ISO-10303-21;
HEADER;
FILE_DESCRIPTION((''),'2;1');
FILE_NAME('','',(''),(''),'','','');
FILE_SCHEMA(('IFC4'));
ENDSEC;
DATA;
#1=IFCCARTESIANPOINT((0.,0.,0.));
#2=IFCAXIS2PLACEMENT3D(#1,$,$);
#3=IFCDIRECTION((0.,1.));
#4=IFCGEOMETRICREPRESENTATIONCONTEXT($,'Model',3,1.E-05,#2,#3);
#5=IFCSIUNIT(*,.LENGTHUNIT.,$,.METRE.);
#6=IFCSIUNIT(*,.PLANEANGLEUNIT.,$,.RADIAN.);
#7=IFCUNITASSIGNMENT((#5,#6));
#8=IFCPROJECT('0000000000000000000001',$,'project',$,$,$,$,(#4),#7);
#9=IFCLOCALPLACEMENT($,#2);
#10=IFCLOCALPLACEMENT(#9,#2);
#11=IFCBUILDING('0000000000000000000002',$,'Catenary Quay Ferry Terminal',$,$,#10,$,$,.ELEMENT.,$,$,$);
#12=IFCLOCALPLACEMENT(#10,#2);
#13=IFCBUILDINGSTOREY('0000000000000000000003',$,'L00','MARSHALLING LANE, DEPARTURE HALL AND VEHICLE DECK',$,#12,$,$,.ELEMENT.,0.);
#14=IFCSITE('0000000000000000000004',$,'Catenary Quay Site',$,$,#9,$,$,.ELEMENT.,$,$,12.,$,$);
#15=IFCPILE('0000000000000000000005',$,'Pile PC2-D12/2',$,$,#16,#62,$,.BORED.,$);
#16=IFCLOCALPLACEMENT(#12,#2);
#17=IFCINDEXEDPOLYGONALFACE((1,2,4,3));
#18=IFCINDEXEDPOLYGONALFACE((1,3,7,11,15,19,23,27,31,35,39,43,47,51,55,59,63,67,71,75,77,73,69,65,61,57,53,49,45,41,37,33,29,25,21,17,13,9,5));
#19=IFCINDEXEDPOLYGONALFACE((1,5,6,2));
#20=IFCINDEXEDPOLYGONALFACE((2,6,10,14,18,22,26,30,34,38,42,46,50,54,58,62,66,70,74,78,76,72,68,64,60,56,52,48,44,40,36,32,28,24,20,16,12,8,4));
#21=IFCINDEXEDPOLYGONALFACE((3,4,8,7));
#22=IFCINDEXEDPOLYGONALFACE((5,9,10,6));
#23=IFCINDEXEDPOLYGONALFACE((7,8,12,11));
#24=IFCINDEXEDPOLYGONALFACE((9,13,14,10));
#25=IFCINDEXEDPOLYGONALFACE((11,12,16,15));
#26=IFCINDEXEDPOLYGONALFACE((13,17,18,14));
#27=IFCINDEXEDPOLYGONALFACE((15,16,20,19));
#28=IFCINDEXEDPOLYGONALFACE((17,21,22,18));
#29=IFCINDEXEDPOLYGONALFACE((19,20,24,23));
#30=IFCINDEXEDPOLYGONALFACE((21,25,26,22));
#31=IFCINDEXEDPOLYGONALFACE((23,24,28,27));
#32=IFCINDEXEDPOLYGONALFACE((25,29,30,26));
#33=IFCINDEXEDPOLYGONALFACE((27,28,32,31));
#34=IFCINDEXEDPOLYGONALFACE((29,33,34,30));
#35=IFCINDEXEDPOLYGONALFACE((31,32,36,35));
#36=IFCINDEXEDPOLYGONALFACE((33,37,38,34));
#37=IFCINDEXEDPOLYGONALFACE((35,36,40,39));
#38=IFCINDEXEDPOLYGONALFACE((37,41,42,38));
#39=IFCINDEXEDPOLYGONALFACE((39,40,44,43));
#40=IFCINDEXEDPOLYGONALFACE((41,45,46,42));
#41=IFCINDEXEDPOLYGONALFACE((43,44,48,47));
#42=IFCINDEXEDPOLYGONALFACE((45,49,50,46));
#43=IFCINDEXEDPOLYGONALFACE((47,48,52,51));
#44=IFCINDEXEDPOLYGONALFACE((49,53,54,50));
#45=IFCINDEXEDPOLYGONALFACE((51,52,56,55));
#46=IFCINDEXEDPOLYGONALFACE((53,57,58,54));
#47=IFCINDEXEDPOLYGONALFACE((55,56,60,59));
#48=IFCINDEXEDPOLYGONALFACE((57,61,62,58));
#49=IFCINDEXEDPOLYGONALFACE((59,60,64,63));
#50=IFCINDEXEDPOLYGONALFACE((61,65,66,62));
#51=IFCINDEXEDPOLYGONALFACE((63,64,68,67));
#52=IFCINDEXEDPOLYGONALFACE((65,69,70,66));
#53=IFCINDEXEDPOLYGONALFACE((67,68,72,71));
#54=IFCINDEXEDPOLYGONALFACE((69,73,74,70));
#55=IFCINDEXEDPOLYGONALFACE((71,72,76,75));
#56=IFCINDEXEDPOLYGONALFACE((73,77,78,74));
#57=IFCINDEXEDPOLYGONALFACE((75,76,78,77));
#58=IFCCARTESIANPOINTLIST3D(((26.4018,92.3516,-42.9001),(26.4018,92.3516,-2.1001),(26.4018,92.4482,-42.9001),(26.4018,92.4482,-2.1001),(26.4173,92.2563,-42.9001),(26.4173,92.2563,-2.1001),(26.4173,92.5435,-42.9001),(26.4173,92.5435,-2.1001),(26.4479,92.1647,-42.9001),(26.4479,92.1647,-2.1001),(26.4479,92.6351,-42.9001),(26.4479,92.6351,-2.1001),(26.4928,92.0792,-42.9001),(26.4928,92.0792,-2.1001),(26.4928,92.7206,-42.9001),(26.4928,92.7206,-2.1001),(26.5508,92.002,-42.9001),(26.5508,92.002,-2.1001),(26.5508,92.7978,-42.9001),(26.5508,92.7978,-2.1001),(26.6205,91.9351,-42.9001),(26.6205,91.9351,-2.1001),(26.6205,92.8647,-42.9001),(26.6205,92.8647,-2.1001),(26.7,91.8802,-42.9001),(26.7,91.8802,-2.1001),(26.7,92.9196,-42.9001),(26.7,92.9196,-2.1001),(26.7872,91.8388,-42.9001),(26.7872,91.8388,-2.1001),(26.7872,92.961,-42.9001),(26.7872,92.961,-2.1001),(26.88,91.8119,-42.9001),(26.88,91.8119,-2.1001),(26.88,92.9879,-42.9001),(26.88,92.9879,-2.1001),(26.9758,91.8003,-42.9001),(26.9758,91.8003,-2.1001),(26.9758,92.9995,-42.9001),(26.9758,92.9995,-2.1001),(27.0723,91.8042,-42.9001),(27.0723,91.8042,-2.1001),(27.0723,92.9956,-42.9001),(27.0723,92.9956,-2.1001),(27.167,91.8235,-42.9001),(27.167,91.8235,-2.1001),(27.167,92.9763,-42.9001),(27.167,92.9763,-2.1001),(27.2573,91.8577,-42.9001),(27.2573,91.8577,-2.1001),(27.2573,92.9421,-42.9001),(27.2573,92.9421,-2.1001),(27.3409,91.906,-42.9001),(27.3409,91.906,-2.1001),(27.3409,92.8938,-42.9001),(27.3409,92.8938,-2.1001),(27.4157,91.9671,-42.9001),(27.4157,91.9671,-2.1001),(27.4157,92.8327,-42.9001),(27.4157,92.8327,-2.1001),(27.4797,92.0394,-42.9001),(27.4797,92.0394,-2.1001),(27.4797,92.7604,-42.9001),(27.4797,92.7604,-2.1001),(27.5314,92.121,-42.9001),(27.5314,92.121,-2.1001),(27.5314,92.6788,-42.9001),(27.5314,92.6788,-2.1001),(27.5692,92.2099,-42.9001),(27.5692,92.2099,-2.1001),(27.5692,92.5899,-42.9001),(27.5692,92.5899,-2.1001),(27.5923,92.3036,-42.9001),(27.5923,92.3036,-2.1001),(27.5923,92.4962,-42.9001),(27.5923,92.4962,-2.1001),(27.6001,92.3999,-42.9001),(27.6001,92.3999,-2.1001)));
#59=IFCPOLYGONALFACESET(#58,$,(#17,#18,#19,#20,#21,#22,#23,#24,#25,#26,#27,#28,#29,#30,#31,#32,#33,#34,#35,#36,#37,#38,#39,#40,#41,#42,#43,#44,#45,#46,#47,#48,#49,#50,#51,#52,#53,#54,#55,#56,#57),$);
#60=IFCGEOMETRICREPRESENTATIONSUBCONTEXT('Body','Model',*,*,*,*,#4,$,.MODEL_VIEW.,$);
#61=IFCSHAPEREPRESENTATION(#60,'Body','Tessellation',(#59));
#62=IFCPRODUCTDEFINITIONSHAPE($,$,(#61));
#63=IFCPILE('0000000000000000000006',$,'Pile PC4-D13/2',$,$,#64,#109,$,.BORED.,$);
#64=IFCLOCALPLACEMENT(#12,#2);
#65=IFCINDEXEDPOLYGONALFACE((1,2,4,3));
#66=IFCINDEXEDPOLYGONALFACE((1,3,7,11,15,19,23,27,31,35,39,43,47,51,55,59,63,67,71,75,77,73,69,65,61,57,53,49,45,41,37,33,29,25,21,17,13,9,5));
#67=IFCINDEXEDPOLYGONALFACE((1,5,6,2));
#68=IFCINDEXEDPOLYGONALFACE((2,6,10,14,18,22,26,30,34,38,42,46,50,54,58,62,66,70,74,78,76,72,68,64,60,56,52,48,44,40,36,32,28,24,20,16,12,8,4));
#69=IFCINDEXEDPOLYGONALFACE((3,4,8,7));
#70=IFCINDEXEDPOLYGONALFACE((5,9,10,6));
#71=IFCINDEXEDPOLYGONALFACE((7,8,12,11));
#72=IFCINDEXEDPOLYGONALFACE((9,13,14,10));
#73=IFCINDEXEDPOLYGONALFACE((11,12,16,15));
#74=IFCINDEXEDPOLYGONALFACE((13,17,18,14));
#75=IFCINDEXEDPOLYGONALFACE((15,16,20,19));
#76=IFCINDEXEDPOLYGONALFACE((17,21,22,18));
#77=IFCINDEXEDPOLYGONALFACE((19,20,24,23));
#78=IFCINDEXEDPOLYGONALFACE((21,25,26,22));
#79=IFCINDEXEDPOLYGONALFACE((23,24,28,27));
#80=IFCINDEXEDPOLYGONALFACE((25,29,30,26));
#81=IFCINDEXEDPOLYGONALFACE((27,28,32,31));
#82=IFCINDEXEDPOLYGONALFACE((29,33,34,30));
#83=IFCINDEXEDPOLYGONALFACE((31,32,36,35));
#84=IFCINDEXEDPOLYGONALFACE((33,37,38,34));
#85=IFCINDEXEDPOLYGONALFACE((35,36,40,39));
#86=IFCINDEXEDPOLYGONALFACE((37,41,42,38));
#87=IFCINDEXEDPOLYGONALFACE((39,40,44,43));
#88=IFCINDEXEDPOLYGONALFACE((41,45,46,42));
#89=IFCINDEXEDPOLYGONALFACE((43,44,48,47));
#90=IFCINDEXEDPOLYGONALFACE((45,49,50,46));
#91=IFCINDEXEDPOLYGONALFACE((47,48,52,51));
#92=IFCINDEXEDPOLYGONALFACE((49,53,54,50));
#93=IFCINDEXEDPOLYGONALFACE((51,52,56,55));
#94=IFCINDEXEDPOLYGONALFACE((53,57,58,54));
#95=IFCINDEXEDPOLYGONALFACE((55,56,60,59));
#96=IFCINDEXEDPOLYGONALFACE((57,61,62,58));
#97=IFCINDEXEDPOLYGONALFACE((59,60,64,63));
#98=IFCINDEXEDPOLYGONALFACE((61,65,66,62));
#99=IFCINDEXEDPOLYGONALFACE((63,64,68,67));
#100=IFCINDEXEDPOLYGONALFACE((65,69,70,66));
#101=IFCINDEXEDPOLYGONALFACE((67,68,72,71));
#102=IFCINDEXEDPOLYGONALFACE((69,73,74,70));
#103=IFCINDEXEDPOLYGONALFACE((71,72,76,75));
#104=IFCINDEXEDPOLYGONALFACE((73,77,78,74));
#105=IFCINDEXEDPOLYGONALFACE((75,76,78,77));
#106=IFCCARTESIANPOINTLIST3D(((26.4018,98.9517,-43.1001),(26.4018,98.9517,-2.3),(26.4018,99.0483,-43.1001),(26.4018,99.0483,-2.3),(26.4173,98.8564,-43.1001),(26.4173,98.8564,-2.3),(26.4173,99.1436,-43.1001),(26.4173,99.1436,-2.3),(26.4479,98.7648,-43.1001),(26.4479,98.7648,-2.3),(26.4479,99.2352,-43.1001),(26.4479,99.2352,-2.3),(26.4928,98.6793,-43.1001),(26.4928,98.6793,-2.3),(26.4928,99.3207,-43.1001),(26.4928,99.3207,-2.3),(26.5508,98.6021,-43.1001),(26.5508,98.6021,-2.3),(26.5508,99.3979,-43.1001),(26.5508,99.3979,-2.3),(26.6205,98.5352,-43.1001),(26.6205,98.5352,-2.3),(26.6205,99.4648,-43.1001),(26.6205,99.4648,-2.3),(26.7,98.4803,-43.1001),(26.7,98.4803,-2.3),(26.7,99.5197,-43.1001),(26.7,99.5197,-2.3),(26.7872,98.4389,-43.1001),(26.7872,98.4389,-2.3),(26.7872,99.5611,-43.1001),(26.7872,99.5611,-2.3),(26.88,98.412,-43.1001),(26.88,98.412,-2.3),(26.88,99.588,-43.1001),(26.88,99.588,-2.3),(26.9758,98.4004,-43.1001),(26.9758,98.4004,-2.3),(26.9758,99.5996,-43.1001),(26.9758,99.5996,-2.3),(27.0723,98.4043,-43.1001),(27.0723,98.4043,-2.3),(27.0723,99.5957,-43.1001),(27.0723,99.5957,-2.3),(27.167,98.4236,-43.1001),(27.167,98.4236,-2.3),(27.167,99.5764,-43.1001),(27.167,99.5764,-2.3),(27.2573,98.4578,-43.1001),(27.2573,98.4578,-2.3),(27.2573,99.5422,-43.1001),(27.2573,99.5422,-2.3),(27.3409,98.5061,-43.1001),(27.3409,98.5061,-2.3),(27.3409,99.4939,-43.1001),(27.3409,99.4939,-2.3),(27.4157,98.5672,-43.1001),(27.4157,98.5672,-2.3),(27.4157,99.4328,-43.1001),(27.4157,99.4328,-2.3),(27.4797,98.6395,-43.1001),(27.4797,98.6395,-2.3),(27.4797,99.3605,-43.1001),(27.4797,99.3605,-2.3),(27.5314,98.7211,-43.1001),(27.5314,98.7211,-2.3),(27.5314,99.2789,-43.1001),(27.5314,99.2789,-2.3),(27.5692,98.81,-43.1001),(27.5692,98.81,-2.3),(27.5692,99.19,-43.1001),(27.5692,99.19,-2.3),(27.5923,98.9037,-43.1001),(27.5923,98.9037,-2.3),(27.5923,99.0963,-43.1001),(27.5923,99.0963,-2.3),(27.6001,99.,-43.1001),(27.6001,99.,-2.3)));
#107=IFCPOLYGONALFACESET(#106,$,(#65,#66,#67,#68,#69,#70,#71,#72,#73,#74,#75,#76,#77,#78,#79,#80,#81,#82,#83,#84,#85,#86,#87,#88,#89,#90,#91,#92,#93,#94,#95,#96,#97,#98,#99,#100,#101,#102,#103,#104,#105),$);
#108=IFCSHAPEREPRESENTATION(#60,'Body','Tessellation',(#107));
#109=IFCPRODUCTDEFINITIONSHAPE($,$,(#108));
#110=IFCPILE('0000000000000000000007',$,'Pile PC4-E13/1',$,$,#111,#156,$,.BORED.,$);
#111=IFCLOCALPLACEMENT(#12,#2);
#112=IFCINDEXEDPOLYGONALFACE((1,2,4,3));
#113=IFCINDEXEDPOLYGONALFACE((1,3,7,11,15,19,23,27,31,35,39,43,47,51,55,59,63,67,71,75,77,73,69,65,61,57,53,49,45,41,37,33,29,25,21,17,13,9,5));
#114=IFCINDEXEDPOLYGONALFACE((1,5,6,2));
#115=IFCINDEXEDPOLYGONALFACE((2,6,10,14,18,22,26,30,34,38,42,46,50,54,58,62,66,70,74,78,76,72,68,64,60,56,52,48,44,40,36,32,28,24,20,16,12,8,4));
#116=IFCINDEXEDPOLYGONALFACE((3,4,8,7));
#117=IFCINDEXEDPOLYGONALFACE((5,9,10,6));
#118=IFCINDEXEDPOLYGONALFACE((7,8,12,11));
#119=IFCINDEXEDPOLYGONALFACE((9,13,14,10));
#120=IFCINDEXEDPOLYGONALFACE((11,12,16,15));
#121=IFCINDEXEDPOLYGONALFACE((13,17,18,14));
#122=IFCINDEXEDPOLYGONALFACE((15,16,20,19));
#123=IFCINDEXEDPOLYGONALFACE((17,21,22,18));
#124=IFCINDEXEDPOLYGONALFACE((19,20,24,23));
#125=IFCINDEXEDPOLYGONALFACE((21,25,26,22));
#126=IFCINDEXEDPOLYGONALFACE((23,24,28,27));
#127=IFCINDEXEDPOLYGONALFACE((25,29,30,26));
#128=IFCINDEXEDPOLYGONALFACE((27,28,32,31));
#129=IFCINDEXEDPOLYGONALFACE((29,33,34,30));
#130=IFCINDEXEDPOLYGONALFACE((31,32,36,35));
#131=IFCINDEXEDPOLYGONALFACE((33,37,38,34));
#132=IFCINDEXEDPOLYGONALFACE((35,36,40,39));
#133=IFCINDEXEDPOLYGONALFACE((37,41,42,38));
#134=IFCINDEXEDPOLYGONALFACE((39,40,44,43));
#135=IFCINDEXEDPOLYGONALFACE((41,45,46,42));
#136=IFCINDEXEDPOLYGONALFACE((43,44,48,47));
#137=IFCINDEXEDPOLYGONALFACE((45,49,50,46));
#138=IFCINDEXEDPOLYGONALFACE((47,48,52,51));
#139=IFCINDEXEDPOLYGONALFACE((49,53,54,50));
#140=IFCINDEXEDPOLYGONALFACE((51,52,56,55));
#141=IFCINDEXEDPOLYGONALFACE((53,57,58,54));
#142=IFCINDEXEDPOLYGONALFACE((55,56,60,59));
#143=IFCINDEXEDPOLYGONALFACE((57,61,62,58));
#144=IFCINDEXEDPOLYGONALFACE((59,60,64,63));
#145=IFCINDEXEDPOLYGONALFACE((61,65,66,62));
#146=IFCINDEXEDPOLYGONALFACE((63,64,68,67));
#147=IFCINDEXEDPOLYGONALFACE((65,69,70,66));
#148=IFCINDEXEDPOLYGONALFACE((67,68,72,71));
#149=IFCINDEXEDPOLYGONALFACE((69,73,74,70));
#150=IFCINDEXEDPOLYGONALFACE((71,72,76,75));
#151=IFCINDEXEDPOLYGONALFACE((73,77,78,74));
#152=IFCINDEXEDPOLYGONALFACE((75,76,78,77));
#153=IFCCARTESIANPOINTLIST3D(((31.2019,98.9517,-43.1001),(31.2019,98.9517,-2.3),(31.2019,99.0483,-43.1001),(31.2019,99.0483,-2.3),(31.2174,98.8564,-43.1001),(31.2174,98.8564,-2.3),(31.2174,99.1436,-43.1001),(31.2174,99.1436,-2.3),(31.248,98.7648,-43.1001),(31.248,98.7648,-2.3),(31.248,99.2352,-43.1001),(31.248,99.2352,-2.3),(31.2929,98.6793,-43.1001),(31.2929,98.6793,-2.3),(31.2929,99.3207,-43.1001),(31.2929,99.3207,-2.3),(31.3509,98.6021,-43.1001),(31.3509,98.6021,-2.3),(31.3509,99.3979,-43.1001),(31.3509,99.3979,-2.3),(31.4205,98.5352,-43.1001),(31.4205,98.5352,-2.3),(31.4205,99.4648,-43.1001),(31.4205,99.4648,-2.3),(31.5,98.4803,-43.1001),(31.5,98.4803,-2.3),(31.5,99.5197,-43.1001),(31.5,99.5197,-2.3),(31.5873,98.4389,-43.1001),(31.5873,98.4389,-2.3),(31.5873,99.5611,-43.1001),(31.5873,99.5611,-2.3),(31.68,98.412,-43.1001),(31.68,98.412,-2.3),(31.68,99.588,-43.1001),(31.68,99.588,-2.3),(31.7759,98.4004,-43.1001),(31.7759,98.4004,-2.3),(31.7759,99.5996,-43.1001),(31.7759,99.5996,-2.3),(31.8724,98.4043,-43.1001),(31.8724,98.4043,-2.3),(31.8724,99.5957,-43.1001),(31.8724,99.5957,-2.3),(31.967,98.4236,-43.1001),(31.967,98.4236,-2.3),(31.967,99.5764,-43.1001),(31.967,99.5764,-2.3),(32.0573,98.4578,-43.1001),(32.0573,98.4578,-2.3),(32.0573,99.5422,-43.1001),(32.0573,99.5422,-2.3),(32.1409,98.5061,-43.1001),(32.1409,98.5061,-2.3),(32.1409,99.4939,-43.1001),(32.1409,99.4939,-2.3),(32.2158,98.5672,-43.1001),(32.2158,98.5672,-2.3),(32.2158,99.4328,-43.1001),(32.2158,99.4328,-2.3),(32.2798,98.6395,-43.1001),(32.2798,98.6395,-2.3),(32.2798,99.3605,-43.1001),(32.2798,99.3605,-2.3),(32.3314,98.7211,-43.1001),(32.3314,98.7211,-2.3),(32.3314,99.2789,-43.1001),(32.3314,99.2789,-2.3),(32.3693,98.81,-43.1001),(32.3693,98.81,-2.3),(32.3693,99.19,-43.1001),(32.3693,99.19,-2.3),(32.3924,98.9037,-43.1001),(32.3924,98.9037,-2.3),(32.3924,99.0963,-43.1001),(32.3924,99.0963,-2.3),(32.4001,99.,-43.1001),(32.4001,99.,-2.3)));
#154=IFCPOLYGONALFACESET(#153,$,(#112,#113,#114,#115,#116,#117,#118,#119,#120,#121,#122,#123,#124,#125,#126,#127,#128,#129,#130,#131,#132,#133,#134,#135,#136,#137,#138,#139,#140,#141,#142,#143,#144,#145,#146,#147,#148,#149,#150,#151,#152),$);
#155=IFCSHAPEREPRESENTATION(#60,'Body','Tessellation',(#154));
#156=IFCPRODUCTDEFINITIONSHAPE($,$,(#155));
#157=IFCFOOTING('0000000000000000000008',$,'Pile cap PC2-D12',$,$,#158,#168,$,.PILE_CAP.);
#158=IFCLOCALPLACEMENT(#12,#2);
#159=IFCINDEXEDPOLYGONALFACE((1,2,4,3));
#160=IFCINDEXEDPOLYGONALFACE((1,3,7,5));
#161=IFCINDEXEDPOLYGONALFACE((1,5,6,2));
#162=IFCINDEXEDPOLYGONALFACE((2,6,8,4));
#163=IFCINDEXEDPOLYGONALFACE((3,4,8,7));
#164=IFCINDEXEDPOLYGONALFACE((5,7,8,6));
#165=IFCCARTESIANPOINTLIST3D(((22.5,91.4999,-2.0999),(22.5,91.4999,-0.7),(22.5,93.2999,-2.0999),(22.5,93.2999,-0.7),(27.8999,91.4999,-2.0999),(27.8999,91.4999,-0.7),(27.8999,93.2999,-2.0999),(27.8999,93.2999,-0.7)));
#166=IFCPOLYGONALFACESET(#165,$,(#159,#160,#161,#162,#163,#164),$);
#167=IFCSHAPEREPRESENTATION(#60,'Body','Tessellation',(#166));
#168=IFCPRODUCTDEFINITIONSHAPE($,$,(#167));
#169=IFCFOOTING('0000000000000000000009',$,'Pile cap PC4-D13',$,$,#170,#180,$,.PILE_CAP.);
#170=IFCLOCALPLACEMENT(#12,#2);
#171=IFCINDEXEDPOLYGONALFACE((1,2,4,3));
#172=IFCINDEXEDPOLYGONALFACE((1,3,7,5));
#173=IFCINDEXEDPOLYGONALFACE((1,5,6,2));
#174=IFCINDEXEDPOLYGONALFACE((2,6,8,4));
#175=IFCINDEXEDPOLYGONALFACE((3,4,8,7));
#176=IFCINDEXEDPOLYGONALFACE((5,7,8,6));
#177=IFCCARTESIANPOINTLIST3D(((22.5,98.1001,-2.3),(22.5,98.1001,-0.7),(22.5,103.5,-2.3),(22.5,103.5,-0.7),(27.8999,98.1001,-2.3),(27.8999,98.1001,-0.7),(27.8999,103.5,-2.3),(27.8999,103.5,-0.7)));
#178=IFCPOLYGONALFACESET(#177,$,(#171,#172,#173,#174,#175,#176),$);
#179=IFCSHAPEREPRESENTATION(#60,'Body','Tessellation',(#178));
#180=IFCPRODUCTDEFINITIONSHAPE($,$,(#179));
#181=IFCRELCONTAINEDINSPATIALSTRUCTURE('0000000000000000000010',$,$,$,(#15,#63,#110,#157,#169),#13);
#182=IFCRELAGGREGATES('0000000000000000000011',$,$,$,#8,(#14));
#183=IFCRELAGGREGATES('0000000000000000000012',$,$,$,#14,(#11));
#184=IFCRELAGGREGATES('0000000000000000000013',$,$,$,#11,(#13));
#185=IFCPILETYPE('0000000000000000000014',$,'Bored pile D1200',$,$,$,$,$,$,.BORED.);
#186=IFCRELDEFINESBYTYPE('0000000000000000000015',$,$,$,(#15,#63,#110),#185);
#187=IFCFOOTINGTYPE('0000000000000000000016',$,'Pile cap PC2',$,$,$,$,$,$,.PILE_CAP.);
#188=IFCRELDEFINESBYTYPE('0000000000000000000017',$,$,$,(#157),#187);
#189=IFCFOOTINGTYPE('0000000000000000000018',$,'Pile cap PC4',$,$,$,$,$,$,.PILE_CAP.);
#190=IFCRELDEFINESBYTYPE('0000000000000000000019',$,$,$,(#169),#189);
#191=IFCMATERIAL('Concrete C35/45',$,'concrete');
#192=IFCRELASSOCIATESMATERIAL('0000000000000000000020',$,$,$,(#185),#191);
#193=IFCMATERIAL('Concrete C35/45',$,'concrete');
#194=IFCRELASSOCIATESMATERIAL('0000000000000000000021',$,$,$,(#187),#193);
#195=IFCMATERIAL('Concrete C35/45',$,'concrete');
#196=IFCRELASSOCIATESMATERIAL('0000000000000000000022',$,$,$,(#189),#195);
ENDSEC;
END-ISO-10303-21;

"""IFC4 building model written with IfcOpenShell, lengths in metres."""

from ifc_helpers import new_model, si_unit, direction, frame, origin, origin_2d, place, context, subcontext, project, spatial, rectangle, circle, extrude, material, material_profile, profile_set, type_object, element, save


model = new_model("IFC4")

# Units and contexts
model_context = context("Model", 3, precision=1e-05, world=origin(), true_north=direction((0.0, 1.0)))
body_context = subcontext(model_context, "Body", "Model", "MODEL_VIEW")
ifc_project = project(units=[si_unit("LENGTHUNIT", "METRE"), si_unit("PLANEANGLEUNIT", "RADIAN")], contexts=[model_context])

# Site, building, storey
site_placement = place(None, origin())
site = spatial("IfcSite", under=ifc_project, at=site_placement, Name="Catenary Quay Site", CompositionType="ELEMENT", RefElevation=12.0)
building_placement = place(site_placement, origin())
building = spatial("IfcBuilding", under=site, at=building_placement, Name="Catenary Quay Ferry Terminal", CompositionType="ELEMENT")
storey_placement = place(building_placement, origin())
storey = spatial("IfcBuildingStorey", under=building, at=storey_placement, Name="L00", Description="MARSHALLING LANE, DEPARTURE HALL AND VEHICLE DECK", CompositionType="ELEMENT", Elevation=0.0)

# Piles
ifc_material_1 = material(Name="Concrete C35/45", Category="concrete")
ifc_material_profile_1 = material_profile(ifc_material_1, circle(Radius=0.6001, at=origin_2d()), Name="D1200")
ifc_profile_set_1 = profile_set([ifc_material_profile_1], Name="Concrete C35/45")
pile_type = type_object("IfcPileType", Name="Bored pile D1200", PredefinedType="BORED", material=ifc_profile_set_1)
for number, where, z_axis, x_axis, name in (
    (1, (27.0, 92.3999, -2.1001), (0.0, 0.0, -1.0), (1.0, 0.0, 0.0), "Pile PC2-D12/2"),
    (2, (27.0, 99.0, -2.3), (0.0, 0.0, -1.0), (1.0, 0.0, 0.0), "Pile PC4-D13/2"),
    (3, (31.8, 99.0, -2.3), (0.0, 0.0, -1.0), (1.0, 0.0, 0.0), "Pile PC4-E13/1"),
):
    element("IfcPile", number, at=place(storey_placement, frame(where, z_axis=z_axis, x_axis=x_axis)), inside=storey, type_object=pile_type, Name=name, PredefinedType="BORED", context=body_context, shape_type="SweptSolid", body=[
        extrude(circle(Radius=0.6001, at=origin_2d()), origin(), (0.0, 0.0, 1.0), 40.8),
    ])

# Footings
ifc_material_2 = material(Name="Concrete C35/45", Category="concrete")
footing_type_1 = type_object("IfcFootingType", Name="Pile cap PC2", PredefinedType="PILE_CAP", material=ifc_material_2)
footing_1_placement = place(storey_placement, frame((25.2, 92.3999, -2.0999), z_axis=(0.0, 0.0, 1.0), x_axis=(1.0, 0.0, 0.0)))
element("IfcFooting", 4, at=footing_1_placement, inside=storey, type_object=footing_type_1, Name="Pile cap PC2-D12", PredefinedType="PILE_CAP", context=body_context, shape_type="SweptSolid", body=[
    extrude(rectangle(XDim=5.3999, YDim=1.8, at=origin_2d()), origin(), (0.0, 0.0, 1.0), 1.3999),
])
ifc_material_3 = material(Name="Concrete C35/45", Category="concrete")
footing_type_2 = type_object("IfcFootingType", Name="Pile cap PC4", PredefinedType="PILE_CAP", material=ifc_material_3)
footing_2_placement = place(storey_placement, frame((25.2, 100.8, -2.3), z_axis=(0.0, 0.0, 1.0), x_axis=(1.0, 0.0, 0.0)))
element("IfcFooting", 5, at=footing_2_placement, inside=storey, type_object=footing_type_2, Name="Pile cap PC4-D13", PredefinedType="PILE_CAP", context=body_context, shape_type="SweptSolid", body=[
    extrude(rectangle(XDim=5.3999, YDim=5.3999, at=origin_2d()), origin(), (0.0, 0.0, 1.0), 1.6001),
])

save(model, "model.ifc")
